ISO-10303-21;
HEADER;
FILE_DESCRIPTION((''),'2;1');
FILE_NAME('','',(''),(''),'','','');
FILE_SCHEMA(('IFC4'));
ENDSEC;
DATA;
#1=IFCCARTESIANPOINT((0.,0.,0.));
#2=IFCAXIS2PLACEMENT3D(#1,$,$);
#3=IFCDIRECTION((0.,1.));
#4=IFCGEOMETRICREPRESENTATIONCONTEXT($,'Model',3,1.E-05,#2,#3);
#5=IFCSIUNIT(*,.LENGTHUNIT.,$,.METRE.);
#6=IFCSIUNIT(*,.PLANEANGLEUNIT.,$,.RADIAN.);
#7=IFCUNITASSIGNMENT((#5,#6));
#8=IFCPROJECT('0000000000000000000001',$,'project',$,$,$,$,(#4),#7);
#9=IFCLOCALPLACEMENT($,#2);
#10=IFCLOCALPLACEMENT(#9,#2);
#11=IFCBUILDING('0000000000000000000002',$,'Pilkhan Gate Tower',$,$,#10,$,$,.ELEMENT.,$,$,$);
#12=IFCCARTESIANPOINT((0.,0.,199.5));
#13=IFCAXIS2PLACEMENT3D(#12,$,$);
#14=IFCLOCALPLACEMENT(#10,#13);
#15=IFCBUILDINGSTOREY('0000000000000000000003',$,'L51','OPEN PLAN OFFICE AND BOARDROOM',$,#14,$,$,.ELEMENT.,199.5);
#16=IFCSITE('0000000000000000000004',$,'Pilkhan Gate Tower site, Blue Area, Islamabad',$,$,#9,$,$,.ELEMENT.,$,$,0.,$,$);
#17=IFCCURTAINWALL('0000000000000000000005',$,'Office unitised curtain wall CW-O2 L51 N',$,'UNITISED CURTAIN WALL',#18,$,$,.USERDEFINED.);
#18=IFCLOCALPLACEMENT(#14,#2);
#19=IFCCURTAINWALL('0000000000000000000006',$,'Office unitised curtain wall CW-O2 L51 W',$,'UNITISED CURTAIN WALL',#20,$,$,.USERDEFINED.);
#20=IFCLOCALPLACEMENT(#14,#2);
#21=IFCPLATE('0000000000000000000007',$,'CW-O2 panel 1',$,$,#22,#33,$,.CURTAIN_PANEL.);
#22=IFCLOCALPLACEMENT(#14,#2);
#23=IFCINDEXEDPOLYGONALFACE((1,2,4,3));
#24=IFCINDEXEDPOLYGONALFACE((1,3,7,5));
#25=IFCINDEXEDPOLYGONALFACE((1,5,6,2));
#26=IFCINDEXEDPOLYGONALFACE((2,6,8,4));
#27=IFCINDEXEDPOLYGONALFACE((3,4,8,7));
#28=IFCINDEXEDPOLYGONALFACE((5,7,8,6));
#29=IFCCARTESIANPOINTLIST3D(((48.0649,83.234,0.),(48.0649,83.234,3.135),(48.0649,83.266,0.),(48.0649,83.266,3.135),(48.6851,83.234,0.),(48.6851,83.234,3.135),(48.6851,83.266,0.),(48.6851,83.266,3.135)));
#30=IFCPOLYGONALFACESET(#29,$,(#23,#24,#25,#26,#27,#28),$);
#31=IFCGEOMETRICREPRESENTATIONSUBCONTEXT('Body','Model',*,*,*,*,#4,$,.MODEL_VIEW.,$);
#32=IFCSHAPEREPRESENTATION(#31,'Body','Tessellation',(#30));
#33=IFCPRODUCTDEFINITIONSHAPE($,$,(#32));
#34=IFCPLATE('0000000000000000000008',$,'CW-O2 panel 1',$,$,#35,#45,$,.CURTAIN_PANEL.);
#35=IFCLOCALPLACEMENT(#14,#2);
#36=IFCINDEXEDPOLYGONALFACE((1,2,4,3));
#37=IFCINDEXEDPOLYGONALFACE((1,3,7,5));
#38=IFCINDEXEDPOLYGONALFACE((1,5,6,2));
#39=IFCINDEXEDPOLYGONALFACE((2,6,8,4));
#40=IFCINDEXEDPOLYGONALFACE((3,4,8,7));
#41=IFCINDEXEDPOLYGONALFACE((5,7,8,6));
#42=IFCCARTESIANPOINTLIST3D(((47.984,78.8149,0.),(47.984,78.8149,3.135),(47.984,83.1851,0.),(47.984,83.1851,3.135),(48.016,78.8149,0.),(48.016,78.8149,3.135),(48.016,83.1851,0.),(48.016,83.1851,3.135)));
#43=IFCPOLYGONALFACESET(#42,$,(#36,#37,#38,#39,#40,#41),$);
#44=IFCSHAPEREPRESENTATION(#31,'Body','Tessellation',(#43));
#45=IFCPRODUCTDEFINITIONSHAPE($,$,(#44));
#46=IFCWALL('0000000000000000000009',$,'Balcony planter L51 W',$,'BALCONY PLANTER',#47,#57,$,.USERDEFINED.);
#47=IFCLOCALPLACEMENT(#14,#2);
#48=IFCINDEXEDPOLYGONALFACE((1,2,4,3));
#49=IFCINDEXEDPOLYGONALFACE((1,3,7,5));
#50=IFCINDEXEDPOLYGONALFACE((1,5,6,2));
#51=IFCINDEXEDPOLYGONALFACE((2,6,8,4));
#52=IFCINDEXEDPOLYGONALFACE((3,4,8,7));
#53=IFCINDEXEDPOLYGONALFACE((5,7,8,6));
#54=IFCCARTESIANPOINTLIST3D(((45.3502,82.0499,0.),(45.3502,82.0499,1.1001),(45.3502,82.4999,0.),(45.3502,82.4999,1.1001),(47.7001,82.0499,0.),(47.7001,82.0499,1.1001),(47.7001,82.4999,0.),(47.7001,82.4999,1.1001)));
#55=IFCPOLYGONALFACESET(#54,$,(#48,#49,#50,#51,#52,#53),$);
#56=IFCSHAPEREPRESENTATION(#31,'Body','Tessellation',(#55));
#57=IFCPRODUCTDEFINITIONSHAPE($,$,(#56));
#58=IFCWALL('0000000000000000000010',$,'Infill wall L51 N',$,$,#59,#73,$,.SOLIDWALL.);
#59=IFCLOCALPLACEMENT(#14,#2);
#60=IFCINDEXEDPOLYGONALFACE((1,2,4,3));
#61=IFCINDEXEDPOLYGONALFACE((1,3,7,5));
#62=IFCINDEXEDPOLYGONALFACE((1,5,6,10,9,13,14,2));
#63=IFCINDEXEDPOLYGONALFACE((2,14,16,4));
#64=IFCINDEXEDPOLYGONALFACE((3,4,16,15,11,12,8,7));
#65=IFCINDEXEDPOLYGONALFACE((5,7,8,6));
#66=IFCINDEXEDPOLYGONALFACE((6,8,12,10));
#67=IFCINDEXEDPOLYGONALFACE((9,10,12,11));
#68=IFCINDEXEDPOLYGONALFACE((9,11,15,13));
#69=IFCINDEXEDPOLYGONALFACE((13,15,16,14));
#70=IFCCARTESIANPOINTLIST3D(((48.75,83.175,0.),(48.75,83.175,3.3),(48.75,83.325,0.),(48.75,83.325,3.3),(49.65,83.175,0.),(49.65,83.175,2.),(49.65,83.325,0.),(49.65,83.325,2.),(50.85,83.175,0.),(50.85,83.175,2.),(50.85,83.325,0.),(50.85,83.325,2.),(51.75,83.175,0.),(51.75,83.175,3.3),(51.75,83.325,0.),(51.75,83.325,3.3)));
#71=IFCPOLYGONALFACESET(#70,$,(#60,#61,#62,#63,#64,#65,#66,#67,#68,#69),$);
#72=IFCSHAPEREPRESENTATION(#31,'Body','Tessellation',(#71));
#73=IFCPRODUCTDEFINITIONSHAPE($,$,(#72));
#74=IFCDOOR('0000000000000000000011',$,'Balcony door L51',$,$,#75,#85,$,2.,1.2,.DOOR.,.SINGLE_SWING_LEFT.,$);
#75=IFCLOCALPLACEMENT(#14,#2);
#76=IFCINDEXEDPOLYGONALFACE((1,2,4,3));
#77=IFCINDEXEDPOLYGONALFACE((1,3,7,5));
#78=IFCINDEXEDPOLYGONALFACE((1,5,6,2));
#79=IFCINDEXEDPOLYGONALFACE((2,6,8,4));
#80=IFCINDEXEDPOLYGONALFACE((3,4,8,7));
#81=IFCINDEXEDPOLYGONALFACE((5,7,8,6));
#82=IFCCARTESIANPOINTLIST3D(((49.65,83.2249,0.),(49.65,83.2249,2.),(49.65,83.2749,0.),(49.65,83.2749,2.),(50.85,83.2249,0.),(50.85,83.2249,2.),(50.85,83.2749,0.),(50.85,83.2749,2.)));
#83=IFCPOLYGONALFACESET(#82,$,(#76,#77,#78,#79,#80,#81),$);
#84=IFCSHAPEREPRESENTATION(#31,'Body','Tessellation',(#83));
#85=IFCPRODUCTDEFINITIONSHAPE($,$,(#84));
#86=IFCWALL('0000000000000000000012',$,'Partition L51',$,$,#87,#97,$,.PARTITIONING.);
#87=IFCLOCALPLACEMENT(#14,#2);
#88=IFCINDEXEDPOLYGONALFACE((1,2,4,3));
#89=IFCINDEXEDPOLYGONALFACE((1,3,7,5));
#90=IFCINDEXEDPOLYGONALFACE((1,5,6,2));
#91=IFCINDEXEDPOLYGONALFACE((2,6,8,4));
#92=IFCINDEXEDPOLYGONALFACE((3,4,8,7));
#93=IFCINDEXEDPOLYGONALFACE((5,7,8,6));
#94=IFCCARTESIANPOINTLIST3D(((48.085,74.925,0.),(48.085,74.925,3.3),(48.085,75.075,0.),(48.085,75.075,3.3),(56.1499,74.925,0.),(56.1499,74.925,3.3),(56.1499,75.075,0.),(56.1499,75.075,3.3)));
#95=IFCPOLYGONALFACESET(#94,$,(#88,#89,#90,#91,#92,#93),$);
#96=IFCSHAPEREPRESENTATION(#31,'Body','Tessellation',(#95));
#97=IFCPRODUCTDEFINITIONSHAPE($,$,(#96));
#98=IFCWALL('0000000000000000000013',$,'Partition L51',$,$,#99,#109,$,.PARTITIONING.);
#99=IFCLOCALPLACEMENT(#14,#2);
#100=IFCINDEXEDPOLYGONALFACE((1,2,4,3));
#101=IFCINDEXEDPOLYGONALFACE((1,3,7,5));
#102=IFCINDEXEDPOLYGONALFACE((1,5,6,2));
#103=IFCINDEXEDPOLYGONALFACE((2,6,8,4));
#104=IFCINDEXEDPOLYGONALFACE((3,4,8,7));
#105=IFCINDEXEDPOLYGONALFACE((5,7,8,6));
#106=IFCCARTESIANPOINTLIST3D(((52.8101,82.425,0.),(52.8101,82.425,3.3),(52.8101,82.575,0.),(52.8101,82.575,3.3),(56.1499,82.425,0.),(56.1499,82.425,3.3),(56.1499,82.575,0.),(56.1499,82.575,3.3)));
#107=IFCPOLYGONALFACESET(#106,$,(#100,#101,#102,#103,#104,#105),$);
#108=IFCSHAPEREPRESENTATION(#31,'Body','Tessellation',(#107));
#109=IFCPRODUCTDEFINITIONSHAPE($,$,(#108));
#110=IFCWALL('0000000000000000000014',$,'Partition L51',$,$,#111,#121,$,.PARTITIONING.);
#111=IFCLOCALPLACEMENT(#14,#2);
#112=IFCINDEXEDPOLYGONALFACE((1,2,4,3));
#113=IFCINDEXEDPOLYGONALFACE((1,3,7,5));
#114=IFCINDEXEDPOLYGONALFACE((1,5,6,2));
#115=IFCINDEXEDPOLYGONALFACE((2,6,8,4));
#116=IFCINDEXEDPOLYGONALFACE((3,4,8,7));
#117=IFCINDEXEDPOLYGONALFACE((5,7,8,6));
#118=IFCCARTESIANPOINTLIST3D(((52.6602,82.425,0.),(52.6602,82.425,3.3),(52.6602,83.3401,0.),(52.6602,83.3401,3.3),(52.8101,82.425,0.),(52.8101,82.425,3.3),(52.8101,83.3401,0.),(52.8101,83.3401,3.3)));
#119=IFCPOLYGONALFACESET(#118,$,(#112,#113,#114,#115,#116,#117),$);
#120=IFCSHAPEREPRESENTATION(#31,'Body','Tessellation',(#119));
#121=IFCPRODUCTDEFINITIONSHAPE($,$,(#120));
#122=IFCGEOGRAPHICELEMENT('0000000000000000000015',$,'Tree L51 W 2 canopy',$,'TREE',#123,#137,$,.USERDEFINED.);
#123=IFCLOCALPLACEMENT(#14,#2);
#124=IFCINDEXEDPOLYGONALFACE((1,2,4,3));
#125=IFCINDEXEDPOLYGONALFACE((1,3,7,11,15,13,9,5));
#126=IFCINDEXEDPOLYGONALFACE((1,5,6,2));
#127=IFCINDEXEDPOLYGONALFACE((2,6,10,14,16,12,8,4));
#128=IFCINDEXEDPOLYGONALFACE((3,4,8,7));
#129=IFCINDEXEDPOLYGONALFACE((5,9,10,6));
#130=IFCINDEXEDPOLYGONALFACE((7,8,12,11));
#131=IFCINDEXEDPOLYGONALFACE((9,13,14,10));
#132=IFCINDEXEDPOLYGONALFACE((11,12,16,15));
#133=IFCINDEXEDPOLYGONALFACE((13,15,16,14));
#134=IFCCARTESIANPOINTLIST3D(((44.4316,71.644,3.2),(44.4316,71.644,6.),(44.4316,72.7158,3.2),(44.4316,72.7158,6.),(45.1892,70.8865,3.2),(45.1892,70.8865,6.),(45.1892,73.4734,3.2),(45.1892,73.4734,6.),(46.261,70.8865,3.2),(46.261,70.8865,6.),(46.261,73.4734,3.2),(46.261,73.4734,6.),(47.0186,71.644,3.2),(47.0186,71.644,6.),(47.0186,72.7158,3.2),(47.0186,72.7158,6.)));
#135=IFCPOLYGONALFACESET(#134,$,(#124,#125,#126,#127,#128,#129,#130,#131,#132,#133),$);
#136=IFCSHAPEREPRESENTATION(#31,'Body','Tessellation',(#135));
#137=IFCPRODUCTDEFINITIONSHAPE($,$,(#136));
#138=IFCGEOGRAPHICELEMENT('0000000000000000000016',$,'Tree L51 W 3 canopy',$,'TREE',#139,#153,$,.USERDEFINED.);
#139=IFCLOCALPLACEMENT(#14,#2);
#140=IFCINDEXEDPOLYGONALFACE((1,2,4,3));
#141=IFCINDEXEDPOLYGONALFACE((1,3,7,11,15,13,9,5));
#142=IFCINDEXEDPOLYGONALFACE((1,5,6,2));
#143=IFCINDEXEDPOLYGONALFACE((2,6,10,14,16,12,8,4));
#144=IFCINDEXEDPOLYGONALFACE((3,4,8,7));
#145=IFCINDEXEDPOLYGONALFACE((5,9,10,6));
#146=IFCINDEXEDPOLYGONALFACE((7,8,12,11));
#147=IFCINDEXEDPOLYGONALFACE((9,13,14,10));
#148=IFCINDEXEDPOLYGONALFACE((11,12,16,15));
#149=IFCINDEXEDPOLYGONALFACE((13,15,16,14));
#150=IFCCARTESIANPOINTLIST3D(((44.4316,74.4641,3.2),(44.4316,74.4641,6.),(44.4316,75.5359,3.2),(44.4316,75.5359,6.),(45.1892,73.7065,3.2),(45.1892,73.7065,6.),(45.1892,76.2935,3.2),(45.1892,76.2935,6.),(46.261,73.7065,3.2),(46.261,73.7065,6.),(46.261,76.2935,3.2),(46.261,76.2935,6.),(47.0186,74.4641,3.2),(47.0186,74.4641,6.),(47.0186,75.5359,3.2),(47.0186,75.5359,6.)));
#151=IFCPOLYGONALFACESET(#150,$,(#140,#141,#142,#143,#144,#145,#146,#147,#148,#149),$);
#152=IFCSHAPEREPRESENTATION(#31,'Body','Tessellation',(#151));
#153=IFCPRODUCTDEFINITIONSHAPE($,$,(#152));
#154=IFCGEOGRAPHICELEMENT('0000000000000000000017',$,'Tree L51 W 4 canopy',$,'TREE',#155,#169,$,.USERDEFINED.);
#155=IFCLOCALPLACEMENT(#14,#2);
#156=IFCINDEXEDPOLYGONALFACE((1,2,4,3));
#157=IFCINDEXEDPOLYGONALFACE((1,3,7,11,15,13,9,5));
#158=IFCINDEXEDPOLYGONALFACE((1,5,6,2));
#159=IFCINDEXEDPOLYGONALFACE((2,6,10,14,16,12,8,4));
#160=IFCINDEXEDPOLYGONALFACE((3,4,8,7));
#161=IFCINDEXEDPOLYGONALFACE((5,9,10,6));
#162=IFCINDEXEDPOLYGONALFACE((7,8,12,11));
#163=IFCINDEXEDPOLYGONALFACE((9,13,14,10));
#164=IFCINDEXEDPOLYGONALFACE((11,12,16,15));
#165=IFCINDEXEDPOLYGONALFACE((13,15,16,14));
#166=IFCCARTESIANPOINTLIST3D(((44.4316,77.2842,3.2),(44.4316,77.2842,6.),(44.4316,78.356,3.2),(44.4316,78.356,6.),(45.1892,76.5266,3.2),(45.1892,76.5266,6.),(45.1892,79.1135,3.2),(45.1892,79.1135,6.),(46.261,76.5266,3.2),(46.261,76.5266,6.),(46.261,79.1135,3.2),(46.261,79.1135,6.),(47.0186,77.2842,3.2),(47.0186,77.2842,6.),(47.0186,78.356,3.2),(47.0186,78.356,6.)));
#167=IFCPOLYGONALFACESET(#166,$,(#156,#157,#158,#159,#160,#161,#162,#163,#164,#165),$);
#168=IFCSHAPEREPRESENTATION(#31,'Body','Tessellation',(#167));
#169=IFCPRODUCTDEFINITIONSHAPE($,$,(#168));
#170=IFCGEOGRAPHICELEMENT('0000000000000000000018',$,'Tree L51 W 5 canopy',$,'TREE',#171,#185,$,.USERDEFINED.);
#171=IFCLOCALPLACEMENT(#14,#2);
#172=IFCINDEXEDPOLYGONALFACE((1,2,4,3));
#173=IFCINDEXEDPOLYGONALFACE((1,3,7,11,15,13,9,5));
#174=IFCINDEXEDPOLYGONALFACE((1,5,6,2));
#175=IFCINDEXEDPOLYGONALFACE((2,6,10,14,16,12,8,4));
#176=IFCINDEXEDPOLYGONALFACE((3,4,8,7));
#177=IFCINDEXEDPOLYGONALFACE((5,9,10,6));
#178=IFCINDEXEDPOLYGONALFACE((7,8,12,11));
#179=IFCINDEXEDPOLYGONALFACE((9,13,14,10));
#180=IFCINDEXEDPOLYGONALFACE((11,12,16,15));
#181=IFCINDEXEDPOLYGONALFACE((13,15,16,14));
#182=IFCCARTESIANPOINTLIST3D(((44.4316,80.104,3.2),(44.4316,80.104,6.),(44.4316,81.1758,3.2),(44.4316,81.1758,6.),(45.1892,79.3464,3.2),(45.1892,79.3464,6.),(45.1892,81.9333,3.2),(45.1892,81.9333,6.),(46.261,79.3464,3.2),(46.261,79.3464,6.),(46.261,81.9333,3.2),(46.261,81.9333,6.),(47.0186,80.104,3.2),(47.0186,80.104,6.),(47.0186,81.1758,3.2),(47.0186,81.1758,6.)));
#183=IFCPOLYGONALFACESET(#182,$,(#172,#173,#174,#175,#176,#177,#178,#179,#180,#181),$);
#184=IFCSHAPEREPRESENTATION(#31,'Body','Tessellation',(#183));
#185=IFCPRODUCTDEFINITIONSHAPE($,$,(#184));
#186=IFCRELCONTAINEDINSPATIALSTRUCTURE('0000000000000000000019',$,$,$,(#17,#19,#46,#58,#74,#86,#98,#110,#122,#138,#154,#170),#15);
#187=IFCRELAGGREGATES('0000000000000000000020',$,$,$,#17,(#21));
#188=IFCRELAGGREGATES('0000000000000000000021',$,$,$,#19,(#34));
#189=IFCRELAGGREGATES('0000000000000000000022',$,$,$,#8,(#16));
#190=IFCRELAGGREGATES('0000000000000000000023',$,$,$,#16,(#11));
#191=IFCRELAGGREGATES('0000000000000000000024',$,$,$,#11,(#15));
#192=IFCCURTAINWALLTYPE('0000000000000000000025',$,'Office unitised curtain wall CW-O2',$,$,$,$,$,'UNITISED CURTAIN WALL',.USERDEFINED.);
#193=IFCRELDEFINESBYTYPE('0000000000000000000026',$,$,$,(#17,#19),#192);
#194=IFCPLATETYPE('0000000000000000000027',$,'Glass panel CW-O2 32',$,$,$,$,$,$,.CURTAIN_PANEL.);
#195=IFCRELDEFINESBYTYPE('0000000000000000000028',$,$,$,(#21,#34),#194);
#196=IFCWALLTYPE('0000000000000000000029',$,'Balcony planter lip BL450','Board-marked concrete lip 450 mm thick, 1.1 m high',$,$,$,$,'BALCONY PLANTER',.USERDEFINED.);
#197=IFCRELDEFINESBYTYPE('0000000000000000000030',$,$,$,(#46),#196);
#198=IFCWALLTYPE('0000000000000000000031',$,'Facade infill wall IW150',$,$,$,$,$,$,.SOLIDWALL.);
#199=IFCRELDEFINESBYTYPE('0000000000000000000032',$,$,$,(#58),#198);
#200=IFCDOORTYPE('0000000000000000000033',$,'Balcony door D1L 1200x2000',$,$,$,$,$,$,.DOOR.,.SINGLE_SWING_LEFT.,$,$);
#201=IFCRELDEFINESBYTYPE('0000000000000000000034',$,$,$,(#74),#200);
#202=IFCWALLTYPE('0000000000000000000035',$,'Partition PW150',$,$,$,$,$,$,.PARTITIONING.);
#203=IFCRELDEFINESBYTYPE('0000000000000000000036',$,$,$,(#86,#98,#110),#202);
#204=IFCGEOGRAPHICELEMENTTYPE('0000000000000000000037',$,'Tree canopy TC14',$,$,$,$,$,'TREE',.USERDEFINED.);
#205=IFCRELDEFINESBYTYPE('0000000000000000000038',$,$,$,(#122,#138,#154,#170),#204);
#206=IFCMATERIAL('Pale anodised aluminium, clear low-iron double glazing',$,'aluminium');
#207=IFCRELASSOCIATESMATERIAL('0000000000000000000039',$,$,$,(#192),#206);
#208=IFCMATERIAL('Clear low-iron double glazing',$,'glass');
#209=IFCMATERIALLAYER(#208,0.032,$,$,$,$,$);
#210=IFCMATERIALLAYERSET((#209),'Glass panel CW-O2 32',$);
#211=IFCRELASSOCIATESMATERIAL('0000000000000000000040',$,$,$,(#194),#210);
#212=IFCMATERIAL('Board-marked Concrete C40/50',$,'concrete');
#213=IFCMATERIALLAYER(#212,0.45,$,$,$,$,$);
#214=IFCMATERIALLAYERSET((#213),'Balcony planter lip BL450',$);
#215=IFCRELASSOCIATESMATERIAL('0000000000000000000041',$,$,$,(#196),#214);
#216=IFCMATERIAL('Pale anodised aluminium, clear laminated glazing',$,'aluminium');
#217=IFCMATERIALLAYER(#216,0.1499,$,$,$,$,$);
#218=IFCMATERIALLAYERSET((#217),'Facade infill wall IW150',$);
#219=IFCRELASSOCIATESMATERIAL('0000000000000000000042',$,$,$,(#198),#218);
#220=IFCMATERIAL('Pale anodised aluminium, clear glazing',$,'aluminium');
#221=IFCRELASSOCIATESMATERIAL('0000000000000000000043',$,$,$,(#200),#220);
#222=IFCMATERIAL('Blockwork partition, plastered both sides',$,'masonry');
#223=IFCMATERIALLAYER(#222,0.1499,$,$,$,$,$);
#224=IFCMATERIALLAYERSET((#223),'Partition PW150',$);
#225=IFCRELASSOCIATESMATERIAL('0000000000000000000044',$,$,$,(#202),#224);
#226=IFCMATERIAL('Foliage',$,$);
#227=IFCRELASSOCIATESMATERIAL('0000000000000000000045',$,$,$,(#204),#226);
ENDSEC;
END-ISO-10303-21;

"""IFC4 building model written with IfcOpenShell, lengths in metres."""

from ifc_helpers import new_model, si_unit, direction, frame, frame_2d, origin, origin_2d, place, context, subcontext, project, spatial, polyline, rectangle, outline, extrude, material, layer, layer_set, material_profile, profile_set, type_object, element, fill, aggregate, save


model = new_model("IFC4")

# Units and contexts
model_context = context("Model", 3, precision=1e-05, world=origin(), true_north=direction((0.0, 1.0)))
body_context = subcontext(model_context, "Body", "Model", "MODEL_VIEW")
ifc_project = project(units=[si_unit("LENGTHUNIT", "METRE"), si_unit("PLANEANGLEUNIT", "RADIAN")], contexts=[model_context])

# Site, building, storey
site_placement = place(None, origin())
site = spatial("IfcSite", under=ifc_project, at=site_placement, Name="Pilkhan Gate Tower site, Blue Area, Islamabad", CompositionType="ELEMENT", RefElevation=0.0)
building_placement = place(site_placement, origin())
building = spatial("IfcBuilding", under=site, at=building_placement, Name="Pilkhan Gate Tower", CompositionType="ELEMENT")
storey_placement = place(building_placement, frame((0.0, 0.0, 199.5)))
storey = spatial("IfcBuildingStorey", under=building, at=storey_placement, Name="L51", Description="OPEN PLAN OFFICE AND BOARDROOM", CompositionType="ELEMENT", Elevation=199.5)

# Curtain walls
ifc_material_1 = material(Name="Pale anodised aluminium, clear low-iron double glazing", Category="aluminium")
curtain_wall_type = type_object("IfcCurtainWallType", Name="Office unitised curtain wall CW-O2", ElementType="UNITISED CURTAIN WALL", PredefinedType="USERDEFINED", material=ifc_material_1)
curtain_wall_1_placement = place(storey_placement, origin())
curtain_wall_1 = element("IfcCurtainWall", 1, at=curtain_wall_1_placement, inside=storey, type_object=curtain_wall_type, Name="Office unitised curtain wall CW-O2 L51 N", ObjectType="UNITISED CURTAIN WALL", PredefinedType="USERDEFINED")
curtain_wall_2_placement = place(storey_placement, origin())
curtain_wall_2 = element("IfcCurtainWall", 2, at=curtain_wall_2_placement, inside=storey, type_object=curtain_wall_type, Name="Office unitised curtain wall CW-O2 L51 W", ObjectType="UNITISED CURTAIN WALL", PredefinedType="USERDEFINED")

# Plates
ifc_material_2 = material(Name="Clear low-iron double glazing", Category="glass")
ifc_layer_1 = layer(ifc_material_2, 0.032)
ifc_layer_set_1 = layer_set([ifc_layer_1], Name="Glass panel CW-O2 32")
plate_type = type_object("IfcPlateType", Name="Glass panel CW-O2 32", PredefinedType="CURTAIN_PANEL", material=ifc_layer_set_1)
plate_1_placement = place(storey_placement, frame((48.375, 83.25, 0.0), z_axis=(0.0, 0.0, 1.0), x_axis=(1.0, 0.0, 0.0)))
plate_1 = element("IfcPlate", 3, at=plate_1_placement, type_object=plate_type, Name="CW-O2 panel 1", PredefinedType="CURTAIN_PANEL", context=body_context, shape_type="SweptSolid", body=[
    extrude(rectangle(XDim=0.6201, YDim=0.032, at=origin_2d()), origin(), (0.0, 0.0, 1.0), 3.135),
])
aggregate(curtain_wall_1, [plate_1])
plate_2_placement = place(storey_placement, frame((48.0, 81.0, 0.0), z_axis=(0.0, 0.0, 1.0), x_axis=(0.0, 1.0, 0.0)))
plate_2 = element("IfcPlate", 4, at=plate_2_placement, type_object=plate_type, Name="CW-O2 panel 1", PredefinedType="CURTAIN_PANEL", context=body_context, shape_type="SweptSolid", body=[
    extrude(rectangle(XDim=4.3701, YDim=0.032, at=origin_2d()), origin(), (0.0, 0.0, 1.0), 3.135),
])
aggregate(curtain_wall_2, [plate_2])

# Wall
ifc_material_3 = material(Name="Board-marked Concrete C40/50", Category="concrete")
ifc_layer_2 = layer(ifc_material_3, 0.45)
ifc_layer_set_2 = layer_set([ifc_layer_2], Name="Balcony planter lip BL450")
wall_type_1 = type_object("IfcWallType", Name="Balcony planter lip BL450", Description="Board-marked concrete lip 450 mm thick, 1.1 m high", ElementType="BALCONY PLANTER", PredefinedType="USERDEFINED", material=ifc_layer_set_2)
wall_1_placement = place(storey_placement, frame((47.7, 82.2749, 0.0), z_axis=(0.0, 0.0, 1.0), x_axis=(-1.0, 0.0, 0.0)))
element("IfcWall", 5, at=wall_1_placement, inside=storey, type_object=wall_type_1, Name="Balcony planter L51 W", ObjectType="BALCONY PLANTER", PredefinedType="USERDEFINED", context=body_context, shape_type="SweptSolid", body=[
    extrude(rectangle(XDim=2.3499, YDim=0.45, at=frame_2d((1.1748, 0.0))), origin(), (0.0, 0.0, 1.0), 1.1001),
])

# Wall, opening, door
ifc_material_4 = material(Name="Pale anodised aluminium, clear laminated glazing", Category="aluminium")
ifc_layer_3 = layer(ifc_material_4, 0.1499)
ifc_layer_set_3 = layer_set([ifc_layer_3], Name="Facade infill wall IW150")
wall_type_2 = type_object("IfcWallType", Name="Facade infill wall IW150", PredefinedType="SOLIDWALL", material=ifc_layer_set_3)
wall_2_placement = place(storey_placement, frame((48.75, 83.25, 0.0), z_axis=(0.0, 0.0, 1.0), x_axis=(1.0, 0.0, 0.0)))
wall_2 = element("IfcWall", 6, at=wall_2_placement, inside=storey, type_object=wall_type_2, Name="Infill wall L51 N", PredefinedType="SOLIDWALL", context=body_context, shape_type="SweptSolid", body=[
    extrude(rectangle(XDim=3.0, YDim=0.1499, at=frame_2d((1.5, 0.0))), origin(), (0.0, 0.0, 1.0), 3.3),
])
opening_1_placement = place(wall_2_placement, frame((0.8999, 0.0, 0.0)))
opening_1 = element("IfcOpeningElement", 7, at=opening_1_placement, cuts=wall_2, PredefinedType="OPENING", context=body_context, shape_type="SweptSolid", body=[
    extrude(rectangle(XDim=1.2, YDim=2.0, at=frame_2d((0.6001, 1.0))), frame((0.0, 0.085, 0.0), z_axis=(0.0, -1.0, 0.0), x_axis=(1.0, 0.0, 0.0)), (0.0, 0.0, 1.0), 0.1699),
])
ifc_material_5 = material(Name="Pale anodised aluminium, clear glazing", Category="aluminium")
door_type_1 = type_object("IfcDoorType", Name="Balcony door D1L 1200x2000", OperationType="SINGLE_SWING_LEFT", PredefinedType="DOOR", material=ifc_material_5)
door_1_placement = place(opening_1_placement, origin())
door_1 = element("IfcDoor", 8, at=door_1_placement, inside=storey, type_object=door_type_1, Name="Balcony door L51", OperationType="SINGLE_SWING_LEFT", OverallHeight=2.0, OverallWidth=1.2, PredefinedType="DOOR", context=body_context, shape_type="SweptSolid", body=[
    extrude(rectangle(XDim=1.2, YDim=2.0, at=frame_2d((0.6001, 1.0))), frame((0.0, 0.0249, 0.0), z_axis=(0.0, -1.0, 0.0), x_axis=(1.0, 0.0, 0.0)), (0.0, 0.0, 1.0), 0.05),
])
fill(opening_1, door_1)

# Walls
ifc_material_6 = material(Name="Blockwork partition, plastered both sides", Category="masonry")
ifc_layer_4 = layer(ifc_material_6, 0.1499)
ifc_layer_set_4 = layer_set([ifc_layer_4], Name="Partition PW150")
wall_type_3 = type_object("IfcWallType", Name="Partition PW150", PredefinedType="PARTITIONING", material=ifc_layer_set_4)
wall_3_placement = place(storey_placement, frame((48.085, 75.0, 0.0), z_axis=(0.0, 0.0, 1.0), x_axis=(1.0, 0.0, 0.0)))
element("IfcWall", 9, at=wall_3_placement, inside=storey, type_object=wall_type_3, Name="Partition L51", PredefinedType="PARTITIONING", context=body_context, shape_type="SweptSolid", body=[
    extrude(rectangle(XDim=8.0649, YDim=0.1499, at=frame_2d((4.0325, 0.0))), origin(), (0.0, 0.0, 1.0), 3.3),
])
wall_4_placement = place(storey_placement, frame((52.8101, 82.5, 0.0), z_axis=(0.0, 0.0, 1.0), x_axis=(1.0, 0.0, 0.0)))
element("IfcWall", 10, at=wall_4_placement, inside=storey, type_object=wall_type_3, Name="Partition L51", PredefinedType="PARTITIONING", context=body_context, shape_type="SweptSolid", body=[
    extrude(rectangle(XDim=3.3398, YDim=0.1499, at=frame_2d((1.6699, 0.0))), origin(), (0.0, 0.0, 1.0), 3.3),
])
wall_5_placement = place(storey_placement, frame((52.7351, 82.425, 0.0), z_axis=(0.0, 0.0, 1.0), x_axis=(0.0, 1.0, 0.0)))
element("IfcWall", 11, at=wall_5_placement, inside=storey, type_object=wall_type_3, Name="Partition L51", PredefinedType="PARTITIONING", context=body_context, shape_type="SweptSolid", body=[
    extrude(rectangle(XDim=0.915, YDim=0.1499, at=frame_2d((0.4575, 0.0))), origin(), (0.0, 0.0, 1.0), 3.3),
])

# Geographic elements
ifc_material_7 = material(Name="Foliage")
ifc_material_profile_1 = material_profile(ifc_material_7, outline(polyline([(1.2935, 0.5359), (0.5359, 1.2935), (-0.5359, 1.2935), (-1.2935, 0.5359), (-1.2935, -0.5359), (-0.5359, -1.2935), (0.5359, -1.2935), (1.2935, -0.5359), (1.2935, 0.5359)])), Name="Canopy D2.8")
ifc_profile_set_1 = profile_set([ifc_material_profile_1], Name="Foliage")
geographic_element_type_1 = type_object("IfcGeographicElementType", Name="Tree canopy TC14", ElementType="TREE", PredefinedType="USERDEFINED", material=ifc_profile_set_1)
for number, where, z_axis, x_axis, name in (
    (12, (45.7251, 72.1799, 3.2), (0.0, 0.0, 1.0), (1.0, 0.0, 0.0), "Tree L51 W 2 canopy"),
    (13, (45.7251, 75.0, 3.2), (0.0, 0.0, 1.0), (1.0, 0.0, 0.0), "Tree L51 W 3 canopy"),
    (14, (45.7251, 77.8201, 3.2), (0.0, 0.0, 1.0), (1.0, 0.0, 0.0), "Tree L51 W 4 canopy"),
    (15, (45.7251, 80.6399, 3.2), (0.0, 0.0, 1.0), (1.0, 0.0, 0.0), "Tree L51 W 5 canopy"),
):
    element("IfcGeographicElement", number, at=place(storey_placement, frame(where, z_axis=z_axis, x_axis=x_axis)), inside=storey, type_object=geographic_element_type_1, Name=name, ObjectType="TREE", PredefinedType="USERDEFINED", context=body_context, shape_type="SweptSolid", body=[
        extrude(outline(polyline([(1.2935, 0.5359), (0.5359, 1.2935), (-0.5359, 1.2935), (-1.2935, 0.5359), (-1.2935, -0.5359), (-0.5359, -1.2935), (0.5359, -1.2935), (1.2935, -0.5359), (1.2935, 0.5359)])), origin(), (0.0, 0.0, 1.0), 2.8),
    ])

save(model, "model.ifc")
